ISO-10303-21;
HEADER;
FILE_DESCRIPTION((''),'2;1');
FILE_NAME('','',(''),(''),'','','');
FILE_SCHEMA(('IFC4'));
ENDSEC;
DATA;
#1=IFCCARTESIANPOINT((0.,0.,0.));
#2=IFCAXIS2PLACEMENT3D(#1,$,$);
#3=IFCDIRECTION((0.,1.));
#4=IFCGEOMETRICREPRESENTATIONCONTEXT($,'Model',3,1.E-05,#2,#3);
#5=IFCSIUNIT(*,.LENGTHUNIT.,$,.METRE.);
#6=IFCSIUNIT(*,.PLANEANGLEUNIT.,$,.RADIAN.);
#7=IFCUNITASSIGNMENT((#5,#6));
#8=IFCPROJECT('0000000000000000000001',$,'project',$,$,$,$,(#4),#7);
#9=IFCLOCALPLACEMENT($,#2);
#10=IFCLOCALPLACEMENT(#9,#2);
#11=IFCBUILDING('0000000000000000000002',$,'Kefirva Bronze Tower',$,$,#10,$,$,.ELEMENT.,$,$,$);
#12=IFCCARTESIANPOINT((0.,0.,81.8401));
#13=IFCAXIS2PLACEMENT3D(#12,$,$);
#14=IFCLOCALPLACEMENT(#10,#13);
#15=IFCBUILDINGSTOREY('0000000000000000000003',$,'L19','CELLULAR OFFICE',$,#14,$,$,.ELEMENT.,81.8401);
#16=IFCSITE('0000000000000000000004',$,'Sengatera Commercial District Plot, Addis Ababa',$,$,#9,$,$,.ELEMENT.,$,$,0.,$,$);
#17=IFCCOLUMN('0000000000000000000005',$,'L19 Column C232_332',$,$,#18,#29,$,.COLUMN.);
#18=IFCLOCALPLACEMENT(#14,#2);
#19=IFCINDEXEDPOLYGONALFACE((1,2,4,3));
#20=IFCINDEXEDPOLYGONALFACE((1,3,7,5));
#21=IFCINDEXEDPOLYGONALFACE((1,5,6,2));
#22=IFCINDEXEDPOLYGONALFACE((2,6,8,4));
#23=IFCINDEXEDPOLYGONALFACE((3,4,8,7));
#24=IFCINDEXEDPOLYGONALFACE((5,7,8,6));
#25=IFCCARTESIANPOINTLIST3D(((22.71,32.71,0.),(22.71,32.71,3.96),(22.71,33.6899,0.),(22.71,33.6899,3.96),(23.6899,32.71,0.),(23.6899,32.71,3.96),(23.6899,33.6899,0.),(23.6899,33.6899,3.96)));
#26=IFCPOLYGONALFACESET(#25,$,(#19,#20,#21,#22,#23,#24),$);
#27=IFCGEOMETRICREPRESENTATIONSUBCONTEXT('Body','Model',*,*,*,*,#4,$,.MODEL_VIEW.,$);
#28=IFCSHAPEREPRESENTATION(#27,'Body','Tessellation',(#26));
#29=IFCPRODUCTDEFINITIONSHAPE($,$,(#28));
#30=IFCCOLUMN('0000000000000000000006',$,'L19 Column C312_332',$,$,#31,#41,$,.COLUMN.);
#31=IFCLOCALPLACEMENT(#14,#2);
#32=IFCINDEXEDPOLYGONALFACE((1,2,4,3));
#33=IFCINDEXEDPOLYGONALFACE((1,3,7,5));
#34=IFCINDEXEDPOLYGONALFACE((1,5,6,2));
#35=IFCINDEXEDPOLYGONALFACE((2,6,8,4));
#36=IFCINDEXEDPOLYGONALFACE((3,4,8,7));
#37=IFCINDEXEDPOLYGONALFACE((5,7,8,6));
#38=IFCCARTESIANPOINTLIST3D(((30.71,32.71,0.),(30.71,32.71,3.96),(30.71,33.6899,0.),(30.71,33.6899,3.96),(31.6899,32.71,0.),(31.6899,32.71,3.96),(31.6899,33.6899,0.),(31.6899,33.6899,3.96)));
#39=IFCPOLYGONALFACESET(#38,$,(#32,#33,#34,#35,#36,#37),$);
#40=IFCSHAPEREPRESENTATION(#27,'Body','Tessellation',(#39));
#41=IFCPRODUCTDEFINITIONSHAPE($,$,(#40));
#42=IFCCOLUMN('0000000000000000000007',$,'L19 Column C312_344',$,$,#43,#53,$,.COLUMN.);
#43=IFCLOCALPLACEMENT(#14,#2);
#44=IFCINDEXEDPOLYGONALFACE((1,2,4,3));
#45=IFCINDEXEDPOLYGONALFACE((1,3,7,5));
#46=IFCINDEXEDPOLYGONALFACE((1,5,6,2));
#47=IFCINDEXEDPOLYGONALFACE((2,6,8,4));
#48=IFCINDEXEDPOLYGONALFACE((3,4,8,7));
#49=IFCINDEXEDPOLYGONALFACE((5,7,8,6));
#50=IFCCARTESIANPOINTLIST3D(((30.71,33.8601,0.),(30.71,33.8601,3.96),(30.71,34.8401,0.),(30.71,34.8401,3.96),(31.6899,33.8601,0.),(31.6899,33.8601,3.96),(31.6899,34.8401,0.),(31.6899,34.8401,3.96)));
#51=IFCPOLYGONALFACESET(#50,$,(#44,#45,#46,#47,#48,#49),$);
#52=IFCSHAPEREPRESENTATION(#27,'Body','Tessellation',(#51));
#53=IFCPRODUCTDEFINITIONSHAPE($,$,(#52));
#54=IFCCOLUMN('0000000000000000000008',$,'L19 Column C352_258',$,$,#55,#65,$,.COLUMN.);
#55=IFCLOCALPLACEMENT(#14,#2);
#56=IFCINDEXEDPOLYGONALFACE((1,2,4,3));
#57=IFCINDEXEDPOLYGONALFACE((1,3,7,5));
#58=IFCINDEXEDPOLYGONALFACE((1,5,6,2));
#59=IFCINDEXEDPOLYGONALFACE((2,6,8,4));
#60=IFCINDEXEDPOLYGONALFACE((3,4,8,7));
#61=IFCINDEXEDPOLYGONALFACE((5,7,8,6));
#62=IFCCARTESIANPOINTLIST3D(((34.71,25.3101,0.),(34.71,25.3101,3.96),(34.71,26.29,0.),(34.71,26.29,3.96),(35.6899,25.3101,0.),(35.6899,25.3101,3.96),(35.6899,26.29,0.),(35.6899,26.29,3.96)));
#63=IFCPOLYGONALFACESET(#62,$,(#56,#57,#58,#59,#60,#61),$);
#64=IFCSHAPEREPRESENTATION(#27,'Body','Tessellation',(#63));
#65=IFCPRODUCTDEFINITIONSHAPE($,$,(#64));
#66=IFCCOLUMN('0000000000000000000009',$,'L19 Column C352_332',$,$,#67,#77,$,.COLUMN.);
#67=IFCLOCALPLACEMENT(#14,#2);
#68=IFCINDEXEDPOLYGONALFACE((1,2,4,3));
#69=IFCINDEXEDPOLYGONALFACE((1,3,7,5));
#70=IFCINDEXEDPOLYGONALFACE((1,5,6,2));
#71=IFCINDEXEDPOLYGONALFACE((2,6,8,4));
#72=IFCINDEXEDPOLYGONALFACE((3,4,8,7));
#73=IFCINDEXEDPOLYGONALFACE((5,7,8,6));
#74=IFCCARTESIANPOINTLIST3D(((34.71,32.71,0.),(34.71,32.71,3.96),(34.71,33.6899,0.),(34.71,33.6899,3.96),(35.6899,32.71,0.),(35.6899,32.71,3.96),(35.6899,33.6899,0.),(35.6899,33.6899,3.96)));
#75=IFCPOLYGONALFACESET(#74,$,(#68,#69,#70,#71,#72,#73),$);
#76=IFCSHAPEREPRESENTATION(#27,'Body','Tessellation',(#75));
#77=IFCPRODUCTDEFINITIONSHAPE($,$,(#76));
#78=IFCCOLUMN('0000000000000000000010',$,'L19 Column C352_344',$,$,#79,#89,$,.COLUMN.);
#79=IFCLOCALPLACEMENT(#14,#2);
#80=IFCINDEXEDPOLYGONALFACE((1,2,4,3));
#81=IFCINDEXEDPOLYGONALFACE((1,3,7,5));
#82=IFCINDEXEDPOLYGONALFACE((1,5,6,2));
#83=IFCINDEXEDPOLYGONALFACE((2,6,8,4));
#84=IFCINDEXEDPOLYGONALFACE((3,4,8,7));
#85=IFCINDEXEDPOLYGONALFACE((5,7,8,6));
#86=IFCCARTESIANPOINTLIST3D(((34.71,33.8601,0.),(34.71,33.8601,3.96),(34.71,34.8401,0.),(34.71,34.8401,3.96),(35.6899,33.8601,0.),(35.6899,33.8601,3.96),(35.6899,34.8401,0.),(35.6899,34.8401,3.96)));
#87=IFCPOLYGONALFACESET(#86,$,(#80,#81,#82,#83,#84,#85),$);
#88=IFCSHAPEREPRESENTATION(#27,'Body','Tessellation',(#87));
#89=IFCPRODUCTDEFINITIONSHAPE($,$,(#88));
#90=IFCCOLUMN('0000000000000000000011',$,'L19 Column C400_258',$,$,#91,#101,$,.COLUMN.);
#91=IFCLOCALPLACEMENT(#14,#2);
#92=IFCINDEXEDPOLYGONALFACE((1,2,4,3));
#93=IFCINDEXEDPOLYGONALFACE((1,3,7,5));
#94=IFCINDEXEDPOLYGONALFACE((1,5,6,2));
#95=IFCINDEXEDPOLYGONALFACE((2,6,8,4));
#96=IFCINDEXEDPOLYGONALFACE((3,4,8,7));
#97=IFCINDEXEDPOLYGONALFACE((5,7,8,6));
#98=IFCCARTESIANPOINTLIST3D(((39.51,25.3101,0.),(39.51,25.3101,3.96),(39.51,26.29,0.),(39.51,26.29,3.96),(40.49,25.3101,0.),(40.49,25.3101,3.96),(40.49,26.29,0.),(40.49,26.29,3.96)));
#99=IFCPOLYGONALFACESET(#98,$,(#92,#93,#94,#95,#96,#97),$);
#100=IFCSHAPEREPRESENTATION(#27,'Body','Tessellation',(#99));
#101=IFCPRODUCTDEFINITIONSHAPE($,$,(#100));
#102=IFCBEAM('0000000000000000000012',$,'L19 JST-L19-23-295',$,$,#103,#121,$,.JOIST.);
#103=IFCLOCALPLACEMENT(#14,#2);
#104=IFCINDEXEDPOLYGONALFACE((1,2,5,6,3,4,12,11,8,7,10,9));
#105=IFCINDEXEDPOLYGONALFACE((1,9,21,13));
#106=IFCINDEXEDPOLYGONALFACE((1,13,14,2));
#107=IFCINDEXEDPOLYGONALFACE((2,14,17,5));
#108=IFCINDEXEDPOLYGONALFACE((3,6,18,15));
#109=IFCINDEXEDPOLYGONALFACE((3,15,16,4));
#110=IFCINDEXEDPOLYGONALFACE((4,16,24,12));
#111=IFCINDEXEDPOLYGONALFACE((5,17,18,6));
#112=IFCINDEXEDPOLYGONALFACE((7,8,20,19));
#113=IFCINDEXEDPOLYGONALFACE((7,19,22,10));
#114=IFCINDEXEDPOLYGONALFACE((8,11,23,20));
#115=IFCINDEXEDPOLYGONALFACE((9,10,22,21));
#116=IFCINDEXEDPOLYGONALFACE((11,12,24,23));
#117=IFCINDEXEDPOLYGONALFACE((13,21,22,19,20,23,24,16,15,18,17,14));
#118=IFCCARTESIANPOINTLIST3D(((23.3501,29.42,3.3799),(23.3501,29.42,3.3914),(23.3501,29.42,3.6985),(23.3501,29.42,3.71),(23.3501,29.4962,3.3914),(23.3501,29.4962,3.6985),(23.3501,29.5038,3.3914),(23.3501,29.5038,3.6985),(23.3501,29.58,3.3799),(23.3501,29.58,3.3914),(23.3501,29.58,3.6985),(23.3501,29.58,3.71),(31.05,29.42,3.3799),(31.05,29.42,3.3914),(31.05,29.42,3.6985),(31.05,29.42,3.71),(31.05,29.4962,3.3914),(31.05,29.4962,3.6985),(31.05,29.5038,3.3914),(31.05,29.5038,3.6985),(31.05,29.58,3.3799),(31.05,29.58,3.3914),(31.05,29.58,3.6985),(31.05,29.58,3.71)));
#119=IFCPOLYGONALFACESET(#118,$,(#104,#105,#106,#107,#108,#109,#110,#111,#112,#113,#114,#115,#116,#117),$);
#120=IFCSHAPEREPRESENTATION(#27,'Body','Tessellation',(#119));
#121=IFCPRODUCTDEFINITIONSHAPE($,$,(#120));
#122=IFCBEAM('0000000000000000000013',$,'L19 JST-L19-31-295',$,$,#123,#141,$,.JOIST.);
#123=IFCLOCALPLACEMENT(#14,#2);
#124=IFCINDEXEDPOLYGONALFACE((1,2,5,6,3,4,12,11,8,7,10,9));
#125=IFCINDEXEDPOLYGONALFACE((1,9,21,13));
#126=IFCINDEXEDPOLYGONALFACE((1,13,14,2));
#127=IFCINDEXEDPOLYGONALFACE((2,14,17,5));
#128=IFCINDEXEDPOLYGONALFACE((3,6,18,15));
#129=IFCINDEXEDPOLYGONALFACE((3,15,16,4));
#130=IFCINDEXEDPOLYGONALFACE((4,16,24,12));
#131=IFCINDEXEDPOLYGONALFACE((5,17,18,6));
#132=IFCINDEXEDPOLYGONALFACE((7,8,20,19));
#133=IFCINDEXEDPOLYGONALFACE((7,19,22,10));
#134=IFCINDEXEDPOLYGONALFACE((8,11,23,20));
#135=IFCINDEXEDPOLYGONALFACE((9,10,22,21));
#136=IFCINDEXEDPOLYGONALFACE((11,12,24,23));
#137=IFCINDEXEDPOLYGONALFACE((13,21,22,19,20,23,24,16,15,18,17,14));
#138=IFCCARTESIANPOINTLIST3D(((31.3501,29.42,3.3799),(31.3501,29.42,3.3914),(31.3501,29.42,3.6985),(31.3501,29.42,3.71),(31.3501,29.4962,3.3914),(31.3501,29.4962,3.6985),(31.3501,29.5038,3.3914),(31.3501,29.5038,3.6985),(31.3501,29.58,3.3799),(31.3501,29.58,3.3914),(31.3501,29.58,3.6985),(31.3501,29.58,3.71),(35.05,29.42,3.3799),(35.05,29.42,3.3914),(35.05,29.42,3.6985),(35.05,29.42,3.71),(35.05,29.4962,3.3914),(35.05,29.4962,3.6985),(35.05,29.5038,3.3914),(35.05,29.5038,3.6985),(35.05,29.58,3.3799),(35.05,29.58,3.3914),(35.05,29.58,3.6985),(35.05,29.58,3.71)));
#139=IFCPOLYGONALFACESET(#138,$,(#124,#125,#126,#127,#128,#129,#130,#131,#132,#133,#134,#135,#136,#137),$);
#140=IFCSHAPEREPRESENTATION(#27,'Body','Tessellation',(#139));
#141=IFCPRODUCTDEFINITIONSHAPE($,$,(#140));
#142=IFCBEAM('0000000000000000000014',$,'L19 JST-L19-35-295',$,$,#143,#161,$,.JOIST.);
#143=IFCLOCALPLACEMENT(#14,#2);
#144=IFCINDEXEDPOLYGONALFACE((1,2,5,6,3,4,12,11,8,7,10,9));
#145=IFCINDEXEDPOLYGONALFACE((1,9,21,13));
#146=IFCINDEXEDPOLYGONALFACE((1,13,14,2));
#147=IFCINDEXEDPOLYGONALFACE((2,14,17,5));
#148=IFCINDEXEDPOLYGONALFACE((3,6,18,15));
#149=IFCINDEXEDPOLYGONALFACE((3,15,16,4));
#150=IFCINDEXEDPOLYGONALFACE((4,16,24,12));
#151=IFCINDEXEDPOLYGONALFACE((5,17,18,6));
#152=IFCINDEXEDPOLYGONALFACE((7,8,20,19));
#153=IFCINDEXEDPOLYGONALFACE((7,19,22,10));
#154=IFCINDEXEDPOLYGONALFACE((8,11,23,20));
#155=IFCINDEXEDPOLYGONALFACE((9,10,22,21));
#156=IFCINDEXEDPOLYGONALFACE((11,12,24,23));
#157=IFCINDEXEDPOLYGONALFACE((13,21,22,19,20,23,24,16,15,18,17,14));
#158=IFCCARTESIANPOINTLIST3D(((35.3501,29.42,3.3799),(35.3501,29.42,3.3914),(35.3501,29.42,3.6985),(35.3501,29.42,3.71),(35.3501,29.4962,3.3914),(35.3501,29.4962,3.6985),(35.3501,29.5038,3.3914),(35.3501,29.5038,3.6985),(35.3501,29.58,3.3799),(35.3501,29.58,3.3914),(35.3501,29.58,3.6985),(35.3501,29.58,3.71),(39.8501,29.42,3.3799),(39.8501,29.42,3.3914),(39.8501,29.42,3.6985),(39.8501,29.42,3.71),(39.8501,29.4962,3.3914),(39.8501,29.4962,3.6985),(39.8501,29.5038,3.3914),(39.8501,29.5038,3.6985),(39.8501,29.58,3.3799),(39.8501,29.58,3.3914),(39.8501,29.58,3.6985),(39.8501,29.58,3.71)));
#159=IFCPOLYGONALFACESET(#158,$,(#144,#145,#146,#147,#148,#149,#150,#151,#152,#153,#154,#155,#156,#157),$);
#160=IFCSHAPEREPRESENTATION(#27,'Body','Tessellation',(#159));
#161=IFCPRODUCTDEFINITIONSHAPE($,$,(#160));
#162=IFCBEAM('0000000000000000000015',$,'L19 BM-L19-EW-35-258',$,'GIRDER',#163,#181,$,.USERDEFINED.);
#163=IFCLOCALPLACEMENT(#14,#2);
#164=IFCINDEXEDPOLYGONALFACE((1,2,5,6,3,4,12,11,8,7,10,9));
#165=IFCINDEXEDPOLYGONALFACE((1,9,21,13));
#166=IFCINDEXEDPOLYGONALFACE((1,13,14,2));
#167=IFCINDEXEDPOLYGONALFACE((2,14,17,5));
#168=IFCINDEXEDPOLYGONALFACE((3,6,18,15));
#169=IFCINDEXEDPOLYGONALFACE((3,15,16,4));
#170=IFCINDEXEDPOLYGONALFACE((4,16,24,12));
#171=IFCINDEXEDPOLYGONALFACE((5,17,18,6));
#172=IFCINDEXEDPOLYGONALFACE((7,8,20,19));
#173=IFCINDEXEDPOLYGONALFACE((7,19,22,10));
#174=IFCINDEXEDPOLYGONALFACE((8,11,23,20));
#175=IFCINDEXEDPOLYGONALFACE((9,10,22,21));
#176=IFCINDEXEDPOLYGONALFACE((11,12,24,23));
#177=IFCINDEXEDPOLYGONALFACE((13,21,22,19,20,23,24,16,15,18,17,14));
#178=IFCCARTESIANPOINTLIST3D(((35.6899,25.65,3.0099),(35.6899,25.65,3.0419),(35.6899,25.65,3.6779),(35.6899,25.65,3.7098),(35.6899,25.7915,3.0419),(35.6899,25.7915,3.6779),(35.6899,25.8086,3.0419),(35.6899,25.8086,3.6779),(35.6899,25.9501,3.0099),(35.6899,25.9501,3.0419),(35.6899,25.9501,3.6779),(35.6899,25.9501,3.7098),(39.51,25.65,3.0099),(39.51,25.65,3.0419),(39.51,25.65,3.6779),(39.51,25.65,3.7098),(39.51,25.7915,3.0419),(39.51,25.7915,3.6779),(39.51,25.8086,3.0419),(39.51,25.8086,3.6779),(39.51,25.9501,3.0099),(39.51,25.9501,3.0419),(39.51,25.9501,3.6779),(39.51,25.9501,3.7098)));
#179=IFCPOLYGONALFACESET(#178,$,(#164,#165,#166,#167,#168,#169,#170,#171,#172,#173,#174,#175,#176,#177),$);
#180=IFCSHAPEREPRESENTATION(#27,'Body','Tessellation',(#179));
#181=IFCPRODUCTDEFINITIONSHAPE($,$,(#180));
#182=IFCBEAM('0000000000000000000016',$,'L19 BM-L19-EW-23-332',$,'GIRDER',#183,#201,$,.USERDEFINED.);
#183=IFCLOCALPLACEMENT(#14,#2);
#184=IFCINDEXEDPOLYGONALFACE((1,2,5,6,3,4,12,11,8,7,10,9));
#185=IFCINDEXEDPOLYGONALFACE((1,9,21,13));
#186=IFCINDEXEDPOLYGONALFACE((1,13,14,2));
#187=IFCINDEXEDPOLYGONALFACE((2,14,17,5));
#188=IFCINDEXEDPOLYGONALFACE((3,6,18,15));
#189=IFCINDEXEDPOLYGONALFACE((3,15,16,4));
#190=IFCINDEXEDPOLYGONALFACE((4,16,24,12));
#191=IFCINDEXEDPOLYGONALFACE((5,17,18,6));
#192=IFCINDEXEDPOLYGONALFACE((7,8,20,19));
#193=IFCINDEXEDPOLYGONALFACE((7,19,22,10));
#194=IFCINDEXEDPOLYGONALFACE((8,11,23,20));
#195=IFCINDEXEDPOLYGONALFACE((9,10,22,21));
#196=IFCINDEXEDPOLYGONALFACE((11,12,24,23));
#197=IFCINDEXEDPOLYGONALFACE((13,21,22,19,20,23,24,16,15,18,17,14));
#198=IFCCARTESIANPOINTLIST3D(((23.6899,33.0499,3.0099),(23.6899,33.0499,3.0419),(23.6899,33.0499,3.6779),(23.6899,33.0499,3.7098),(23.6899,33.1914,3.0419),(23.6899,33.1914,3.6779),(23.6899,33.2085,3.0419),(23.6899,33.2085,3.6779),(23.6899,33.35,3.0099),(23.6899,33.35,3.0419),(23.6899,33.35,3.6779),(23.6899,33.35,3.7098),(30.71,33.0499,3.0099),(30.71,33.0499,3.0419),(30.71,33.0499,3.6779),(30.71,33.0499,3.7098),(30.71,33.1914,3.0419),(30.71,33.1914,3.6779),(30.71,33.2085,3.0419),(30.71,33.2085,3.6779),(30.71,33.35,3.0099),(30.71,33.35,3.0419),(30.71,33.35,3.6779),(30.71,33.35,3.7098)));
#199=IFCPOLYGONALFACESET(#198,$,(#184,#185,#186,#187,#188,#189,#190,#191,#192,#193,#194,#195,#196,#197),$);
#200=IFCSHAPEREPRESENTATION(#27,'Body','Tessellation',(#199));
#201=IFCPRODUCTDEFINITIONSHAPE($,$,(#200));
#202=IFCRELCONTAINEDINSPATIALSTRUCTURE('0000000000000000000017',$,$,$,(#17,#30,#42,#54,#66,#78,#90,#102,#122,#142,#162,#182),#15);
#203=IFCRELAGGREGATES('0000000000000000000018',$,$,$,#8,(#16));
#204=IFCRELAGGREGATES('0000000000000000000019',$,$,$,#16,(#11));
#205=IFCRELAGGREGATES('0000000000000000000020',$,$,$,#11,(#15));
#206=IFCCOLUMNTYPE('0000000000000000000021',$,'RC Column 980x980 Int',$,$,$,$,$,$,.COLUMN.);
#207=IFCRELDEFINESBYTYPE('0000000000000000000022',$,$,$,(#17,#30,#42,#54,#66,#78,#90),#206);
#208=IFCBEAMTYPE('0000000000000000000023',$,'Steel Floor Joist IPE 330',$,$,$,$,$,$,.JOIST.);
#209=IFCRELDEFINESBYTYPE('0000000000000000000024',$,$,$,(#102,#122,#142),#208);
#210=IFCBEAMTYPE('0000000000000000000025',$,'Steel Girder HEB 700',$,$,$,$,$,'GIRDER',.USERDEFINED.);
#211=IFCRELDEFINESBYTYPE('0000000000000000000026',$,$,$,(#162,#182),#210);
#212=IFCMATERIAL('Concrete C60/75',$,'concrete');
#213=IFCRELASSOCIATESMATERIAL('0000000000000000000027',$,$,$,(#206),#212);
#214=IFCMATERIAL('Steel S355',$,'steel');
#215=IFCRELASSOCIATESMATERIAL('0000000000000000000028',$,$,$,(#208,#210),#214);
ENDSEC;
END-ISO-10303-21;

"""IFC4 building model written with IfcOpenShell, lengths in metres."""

from ifc_helpers import new_model, si_unit, direction, frame, origin, origin_2d, place, context, subcontext, project, spatial, rectangle, i_section, extrude, material, material_profile, profile_set, type_object, element, save


model = new_model("IFC4")

# Units and contexts
model_context = context("Model", 3, precision=1e-05, world=origin(), true_north=direction((0.0, 1.0)))
body_context = subcontext(model_context, "Body", "Model", "MODEL_VIEW")
ifc_project = project(units=[si_unit("LENGTHUNIT", "METRE"), si_unit("PLANEANGLEUNIT", "RADIAN")], contexts=[model_context])

# Site, building, storey
site_placement = place(None, origin())
site = spatial("IfcSite", under=ifc_project, at=site_placement, Name="Sengatera Commercial District Plot, Addis Ababa", CompositionType="ELEMENT", RefElevation=0.0)
building_placement = place(site_placement, origin())
building = spatial("IfcBuilding", under=site, at=building_placement, Name="Kefirva Bronze Tower", CompositionType="ELEMENT")
storey_placement = place(building_placement, frame((0.0, 0.0, 81.8401)))
storey = spatial("IfcBuildingStorey", under=building, at=storey_placement, Name="L19", Description="CELLULAR OFFICE", CompositionType="ELEMENT", Elevation=81.8401)

# Columns
ifc_material_1 = material(Name="Concrete C60/75", Category="concrete")
ifc_material_profile_1 = material_profile(ifc_material_1, rectangle(XDim=0.98, YDim=0.98, at=origin_2d()), Name="RC 980x980")
ifc_profile_set_1 = profile_set([ifc_material_profile_1], Name="Concrete C60/75")
column_type = type_object("IfcColumnType", Name="RC Column 980x980 Int", PredefinedType="COLUMN", material=ifc_profile_set_1)
for number, where, z_axis, x_axis, name in (
    (1, (23.2, 33.2, 0.0), (0.0, 0.0, 1.0), (1.0, 0.0, 0.0), "L19 Column C232_332"),
    (2, (31.2, 33.2, 0.0), (0.0, 0.0, 1.0), (1.0, 0.0, 0.0), "L19 Column C312_332"),
    (3, (31.2, 34.3501, 0.0), (0.0, 0.0, 1.0), (1.0, 0.0, 0.0), "L19 Column C312_344"),
    (4, (35.2, 25.8, 0.0), (0.0, 0.0, 1.0), (1.0, 0.0, 0.0), "L19 Column C352_258"),
    (5, (35.2, 33.2, 0.0), (0.0, 0.0, 1.0), (1.0, 0.0, 0.0), "L19 Column C352_332"),
    (6, (35.2, 34.3501, 0.0), (0.0, 0.0, 1.0), (1.0, 0.0, 0.0), "L19 Column C352_344"),
    (7, (40.0, 25.8, 0.0), (0.0, 0.0, 1.0), (1.0, 0.0, 0.0), "L19 Column C400_258"),
):
    element("IfcColumn", number, at=place(storey_placement, frame(where, z_axis=z_axis, x_axis=x_axis)), inside=storey, type_object=column_type, Name=name, PredefinedType="COLUMN", context=body_context, shape_type="SweptSolid", body=[
        extrude(rectangle(XDim=0.98, YDim=0.98, at=origin_2d()), origin(), (0.0, 0.0, 1.0), 3.96),
    ])

# Beams
ifc_material_2 = material(Name="Steel S355", Category="steel")
ifc_material_profile_2 = material_profile(ifc_material_2, i_section(OverallWidth=0.1599, OverallDepth=0.3301, WebThickness=0.0076, FlangeThickness=0.0115, at=origin_2d()), Name="IPE 330")
ifc_profile_set_2 = profile_set([ifc_material_profile_2], Name="Steel S355")
beam_type_1 = type_object("IfcBeamType", Name="Steel Floor Joist IPE 330", PredefinedType="JOIST", material=ifc_profile_set_2)
beam_1_placement = place(storey_placement, frame((23.3501, 29.5, 3.5449), z_axis=(1.0, 0.0, 0.0), x_axis=(0.0, 1.0, 0.0)))
element("IfcBeam", 8, at=beam_1_placement, inside=storey, type_object=beam_type_1, Name="L19 JST-L19-23-295", PredefinedType="JOIST", context=body_context, shape_type="SweptSolid", body=[
    extrude(i_section(OverallWidth=0.1599, OverallDepth=0.3301, WebThickness=0.0076, FlangeThickness=0.0115, at=origin_2d()), origin(), (0.0, 0.0, 1.0), 7.7),
])
beam_2_placement = place(storey_placement, frame((31.3501, 29.5, 3.5449), z_axis=(1.0, 0.0, 0.0), x_axis=(0.0, 1.0, 0.0)))
element("IfcBeam", 9, at=beam_2_placement, inside=storey, type_object=beam_type_1, Name="L19 JST-L19-31-295", PredefinedType="JOIST", context=body_context, shape_type="SweptSolid", body=[
    extrude(i_section(OverallWidth=0.1599, OverallDepth=0.3301, WebThickness=0.0076, FlangeThickness=0.0115, at=origin_2d()), origin(), (0.0, 0.0, 1.0), 3.7),
])
beam_3_placement = place(storey_placement, frame((35.3501, 29.5, 3.5449), z_axis=(1.0, 0.0, 0.0), x_axis=(0.0, 1.0, 0.0)))
element("IfcBeam", 10, at=beam_3_placement, inside=storey, type_object=beam_type_1, Name="L19 JST-L19-35-295", PredefinedType="JOIST", context=body_context, shape_type="SweptSolid", body=[
    extrude(i_section(OverallWidth=0.1599, OverallDepth=0.3301, WebThickness=0.0076, FlangeThickness=0.0115, at=origin_2d()), origin(), (0.0, 0.0, 1.0), 4.5),
])
ifc_material_profile_3 = material_profile(ifc_material_2, i_section(OverallWidth=0.3, OverallDepth=0.7, WebThickness=0.0171, FlangeThickness=0.032, at=origin_2d()), Name="HEB 700")
ifc_profile_set_3 = profile_set([ifc_material_profile_3], Name="Steel S355")
beam_type_2 = type_object("IfcBeamType", Name="Steel Girder HEB 700", ElementType="GIRDER", PredefinedType="USERDEFINED", material=ifc_profile_set_3)
beam_4_placement = place(storey_placement, frame((35.6899, 25.8, 3.3599), z_axis=(1.0, 0.0, 0.0), x_axis=(0.0, 1.0, 0.0)))
element("IfcBeam", 11, at=beam_4_placement, inside=storey, type_object=beam_type_2, Name="L19 BM-L19-EW-35-258", ObjectType="GIRDER", PredefinedType="USERDEFINED", context=body_context, shape_type="SweptSolid", body=[
    extrude(i_section(OverallWidth=0.3, OverallDepth=0.7, WebThickness=0.0171, FlangeThickness=0.032, at=origin_2d()), origin(), (0.0, 0.0, 1.0), 3.8201),
])
beam_5_placement = place(storey_placement, frame((23.6899, 33.2, 3.3599), z_axis=(1.0, 0.0, 0.0), x_axis=(0.0, 1.0, 0.0)))
element("IfcBeam", 12, at=beam_5_placement, inside=storey, type_object=beam_type_2, Name="L19 BM-L19-EW-23-332", ObjectType="GIRDER", PredefinedType="USERDEFINED", context=body_context, shape_type="SweptSolid", body=[
    extrude(i_section(OverallWidth=0.3, OverallDepth=0.7, WebThickness=0.0171, FlangeThickness=0.032, at=origin_2d()), origin(), (0.0, 0.0, 1.0), 7.02),
])

save(model, "model.ifc")
